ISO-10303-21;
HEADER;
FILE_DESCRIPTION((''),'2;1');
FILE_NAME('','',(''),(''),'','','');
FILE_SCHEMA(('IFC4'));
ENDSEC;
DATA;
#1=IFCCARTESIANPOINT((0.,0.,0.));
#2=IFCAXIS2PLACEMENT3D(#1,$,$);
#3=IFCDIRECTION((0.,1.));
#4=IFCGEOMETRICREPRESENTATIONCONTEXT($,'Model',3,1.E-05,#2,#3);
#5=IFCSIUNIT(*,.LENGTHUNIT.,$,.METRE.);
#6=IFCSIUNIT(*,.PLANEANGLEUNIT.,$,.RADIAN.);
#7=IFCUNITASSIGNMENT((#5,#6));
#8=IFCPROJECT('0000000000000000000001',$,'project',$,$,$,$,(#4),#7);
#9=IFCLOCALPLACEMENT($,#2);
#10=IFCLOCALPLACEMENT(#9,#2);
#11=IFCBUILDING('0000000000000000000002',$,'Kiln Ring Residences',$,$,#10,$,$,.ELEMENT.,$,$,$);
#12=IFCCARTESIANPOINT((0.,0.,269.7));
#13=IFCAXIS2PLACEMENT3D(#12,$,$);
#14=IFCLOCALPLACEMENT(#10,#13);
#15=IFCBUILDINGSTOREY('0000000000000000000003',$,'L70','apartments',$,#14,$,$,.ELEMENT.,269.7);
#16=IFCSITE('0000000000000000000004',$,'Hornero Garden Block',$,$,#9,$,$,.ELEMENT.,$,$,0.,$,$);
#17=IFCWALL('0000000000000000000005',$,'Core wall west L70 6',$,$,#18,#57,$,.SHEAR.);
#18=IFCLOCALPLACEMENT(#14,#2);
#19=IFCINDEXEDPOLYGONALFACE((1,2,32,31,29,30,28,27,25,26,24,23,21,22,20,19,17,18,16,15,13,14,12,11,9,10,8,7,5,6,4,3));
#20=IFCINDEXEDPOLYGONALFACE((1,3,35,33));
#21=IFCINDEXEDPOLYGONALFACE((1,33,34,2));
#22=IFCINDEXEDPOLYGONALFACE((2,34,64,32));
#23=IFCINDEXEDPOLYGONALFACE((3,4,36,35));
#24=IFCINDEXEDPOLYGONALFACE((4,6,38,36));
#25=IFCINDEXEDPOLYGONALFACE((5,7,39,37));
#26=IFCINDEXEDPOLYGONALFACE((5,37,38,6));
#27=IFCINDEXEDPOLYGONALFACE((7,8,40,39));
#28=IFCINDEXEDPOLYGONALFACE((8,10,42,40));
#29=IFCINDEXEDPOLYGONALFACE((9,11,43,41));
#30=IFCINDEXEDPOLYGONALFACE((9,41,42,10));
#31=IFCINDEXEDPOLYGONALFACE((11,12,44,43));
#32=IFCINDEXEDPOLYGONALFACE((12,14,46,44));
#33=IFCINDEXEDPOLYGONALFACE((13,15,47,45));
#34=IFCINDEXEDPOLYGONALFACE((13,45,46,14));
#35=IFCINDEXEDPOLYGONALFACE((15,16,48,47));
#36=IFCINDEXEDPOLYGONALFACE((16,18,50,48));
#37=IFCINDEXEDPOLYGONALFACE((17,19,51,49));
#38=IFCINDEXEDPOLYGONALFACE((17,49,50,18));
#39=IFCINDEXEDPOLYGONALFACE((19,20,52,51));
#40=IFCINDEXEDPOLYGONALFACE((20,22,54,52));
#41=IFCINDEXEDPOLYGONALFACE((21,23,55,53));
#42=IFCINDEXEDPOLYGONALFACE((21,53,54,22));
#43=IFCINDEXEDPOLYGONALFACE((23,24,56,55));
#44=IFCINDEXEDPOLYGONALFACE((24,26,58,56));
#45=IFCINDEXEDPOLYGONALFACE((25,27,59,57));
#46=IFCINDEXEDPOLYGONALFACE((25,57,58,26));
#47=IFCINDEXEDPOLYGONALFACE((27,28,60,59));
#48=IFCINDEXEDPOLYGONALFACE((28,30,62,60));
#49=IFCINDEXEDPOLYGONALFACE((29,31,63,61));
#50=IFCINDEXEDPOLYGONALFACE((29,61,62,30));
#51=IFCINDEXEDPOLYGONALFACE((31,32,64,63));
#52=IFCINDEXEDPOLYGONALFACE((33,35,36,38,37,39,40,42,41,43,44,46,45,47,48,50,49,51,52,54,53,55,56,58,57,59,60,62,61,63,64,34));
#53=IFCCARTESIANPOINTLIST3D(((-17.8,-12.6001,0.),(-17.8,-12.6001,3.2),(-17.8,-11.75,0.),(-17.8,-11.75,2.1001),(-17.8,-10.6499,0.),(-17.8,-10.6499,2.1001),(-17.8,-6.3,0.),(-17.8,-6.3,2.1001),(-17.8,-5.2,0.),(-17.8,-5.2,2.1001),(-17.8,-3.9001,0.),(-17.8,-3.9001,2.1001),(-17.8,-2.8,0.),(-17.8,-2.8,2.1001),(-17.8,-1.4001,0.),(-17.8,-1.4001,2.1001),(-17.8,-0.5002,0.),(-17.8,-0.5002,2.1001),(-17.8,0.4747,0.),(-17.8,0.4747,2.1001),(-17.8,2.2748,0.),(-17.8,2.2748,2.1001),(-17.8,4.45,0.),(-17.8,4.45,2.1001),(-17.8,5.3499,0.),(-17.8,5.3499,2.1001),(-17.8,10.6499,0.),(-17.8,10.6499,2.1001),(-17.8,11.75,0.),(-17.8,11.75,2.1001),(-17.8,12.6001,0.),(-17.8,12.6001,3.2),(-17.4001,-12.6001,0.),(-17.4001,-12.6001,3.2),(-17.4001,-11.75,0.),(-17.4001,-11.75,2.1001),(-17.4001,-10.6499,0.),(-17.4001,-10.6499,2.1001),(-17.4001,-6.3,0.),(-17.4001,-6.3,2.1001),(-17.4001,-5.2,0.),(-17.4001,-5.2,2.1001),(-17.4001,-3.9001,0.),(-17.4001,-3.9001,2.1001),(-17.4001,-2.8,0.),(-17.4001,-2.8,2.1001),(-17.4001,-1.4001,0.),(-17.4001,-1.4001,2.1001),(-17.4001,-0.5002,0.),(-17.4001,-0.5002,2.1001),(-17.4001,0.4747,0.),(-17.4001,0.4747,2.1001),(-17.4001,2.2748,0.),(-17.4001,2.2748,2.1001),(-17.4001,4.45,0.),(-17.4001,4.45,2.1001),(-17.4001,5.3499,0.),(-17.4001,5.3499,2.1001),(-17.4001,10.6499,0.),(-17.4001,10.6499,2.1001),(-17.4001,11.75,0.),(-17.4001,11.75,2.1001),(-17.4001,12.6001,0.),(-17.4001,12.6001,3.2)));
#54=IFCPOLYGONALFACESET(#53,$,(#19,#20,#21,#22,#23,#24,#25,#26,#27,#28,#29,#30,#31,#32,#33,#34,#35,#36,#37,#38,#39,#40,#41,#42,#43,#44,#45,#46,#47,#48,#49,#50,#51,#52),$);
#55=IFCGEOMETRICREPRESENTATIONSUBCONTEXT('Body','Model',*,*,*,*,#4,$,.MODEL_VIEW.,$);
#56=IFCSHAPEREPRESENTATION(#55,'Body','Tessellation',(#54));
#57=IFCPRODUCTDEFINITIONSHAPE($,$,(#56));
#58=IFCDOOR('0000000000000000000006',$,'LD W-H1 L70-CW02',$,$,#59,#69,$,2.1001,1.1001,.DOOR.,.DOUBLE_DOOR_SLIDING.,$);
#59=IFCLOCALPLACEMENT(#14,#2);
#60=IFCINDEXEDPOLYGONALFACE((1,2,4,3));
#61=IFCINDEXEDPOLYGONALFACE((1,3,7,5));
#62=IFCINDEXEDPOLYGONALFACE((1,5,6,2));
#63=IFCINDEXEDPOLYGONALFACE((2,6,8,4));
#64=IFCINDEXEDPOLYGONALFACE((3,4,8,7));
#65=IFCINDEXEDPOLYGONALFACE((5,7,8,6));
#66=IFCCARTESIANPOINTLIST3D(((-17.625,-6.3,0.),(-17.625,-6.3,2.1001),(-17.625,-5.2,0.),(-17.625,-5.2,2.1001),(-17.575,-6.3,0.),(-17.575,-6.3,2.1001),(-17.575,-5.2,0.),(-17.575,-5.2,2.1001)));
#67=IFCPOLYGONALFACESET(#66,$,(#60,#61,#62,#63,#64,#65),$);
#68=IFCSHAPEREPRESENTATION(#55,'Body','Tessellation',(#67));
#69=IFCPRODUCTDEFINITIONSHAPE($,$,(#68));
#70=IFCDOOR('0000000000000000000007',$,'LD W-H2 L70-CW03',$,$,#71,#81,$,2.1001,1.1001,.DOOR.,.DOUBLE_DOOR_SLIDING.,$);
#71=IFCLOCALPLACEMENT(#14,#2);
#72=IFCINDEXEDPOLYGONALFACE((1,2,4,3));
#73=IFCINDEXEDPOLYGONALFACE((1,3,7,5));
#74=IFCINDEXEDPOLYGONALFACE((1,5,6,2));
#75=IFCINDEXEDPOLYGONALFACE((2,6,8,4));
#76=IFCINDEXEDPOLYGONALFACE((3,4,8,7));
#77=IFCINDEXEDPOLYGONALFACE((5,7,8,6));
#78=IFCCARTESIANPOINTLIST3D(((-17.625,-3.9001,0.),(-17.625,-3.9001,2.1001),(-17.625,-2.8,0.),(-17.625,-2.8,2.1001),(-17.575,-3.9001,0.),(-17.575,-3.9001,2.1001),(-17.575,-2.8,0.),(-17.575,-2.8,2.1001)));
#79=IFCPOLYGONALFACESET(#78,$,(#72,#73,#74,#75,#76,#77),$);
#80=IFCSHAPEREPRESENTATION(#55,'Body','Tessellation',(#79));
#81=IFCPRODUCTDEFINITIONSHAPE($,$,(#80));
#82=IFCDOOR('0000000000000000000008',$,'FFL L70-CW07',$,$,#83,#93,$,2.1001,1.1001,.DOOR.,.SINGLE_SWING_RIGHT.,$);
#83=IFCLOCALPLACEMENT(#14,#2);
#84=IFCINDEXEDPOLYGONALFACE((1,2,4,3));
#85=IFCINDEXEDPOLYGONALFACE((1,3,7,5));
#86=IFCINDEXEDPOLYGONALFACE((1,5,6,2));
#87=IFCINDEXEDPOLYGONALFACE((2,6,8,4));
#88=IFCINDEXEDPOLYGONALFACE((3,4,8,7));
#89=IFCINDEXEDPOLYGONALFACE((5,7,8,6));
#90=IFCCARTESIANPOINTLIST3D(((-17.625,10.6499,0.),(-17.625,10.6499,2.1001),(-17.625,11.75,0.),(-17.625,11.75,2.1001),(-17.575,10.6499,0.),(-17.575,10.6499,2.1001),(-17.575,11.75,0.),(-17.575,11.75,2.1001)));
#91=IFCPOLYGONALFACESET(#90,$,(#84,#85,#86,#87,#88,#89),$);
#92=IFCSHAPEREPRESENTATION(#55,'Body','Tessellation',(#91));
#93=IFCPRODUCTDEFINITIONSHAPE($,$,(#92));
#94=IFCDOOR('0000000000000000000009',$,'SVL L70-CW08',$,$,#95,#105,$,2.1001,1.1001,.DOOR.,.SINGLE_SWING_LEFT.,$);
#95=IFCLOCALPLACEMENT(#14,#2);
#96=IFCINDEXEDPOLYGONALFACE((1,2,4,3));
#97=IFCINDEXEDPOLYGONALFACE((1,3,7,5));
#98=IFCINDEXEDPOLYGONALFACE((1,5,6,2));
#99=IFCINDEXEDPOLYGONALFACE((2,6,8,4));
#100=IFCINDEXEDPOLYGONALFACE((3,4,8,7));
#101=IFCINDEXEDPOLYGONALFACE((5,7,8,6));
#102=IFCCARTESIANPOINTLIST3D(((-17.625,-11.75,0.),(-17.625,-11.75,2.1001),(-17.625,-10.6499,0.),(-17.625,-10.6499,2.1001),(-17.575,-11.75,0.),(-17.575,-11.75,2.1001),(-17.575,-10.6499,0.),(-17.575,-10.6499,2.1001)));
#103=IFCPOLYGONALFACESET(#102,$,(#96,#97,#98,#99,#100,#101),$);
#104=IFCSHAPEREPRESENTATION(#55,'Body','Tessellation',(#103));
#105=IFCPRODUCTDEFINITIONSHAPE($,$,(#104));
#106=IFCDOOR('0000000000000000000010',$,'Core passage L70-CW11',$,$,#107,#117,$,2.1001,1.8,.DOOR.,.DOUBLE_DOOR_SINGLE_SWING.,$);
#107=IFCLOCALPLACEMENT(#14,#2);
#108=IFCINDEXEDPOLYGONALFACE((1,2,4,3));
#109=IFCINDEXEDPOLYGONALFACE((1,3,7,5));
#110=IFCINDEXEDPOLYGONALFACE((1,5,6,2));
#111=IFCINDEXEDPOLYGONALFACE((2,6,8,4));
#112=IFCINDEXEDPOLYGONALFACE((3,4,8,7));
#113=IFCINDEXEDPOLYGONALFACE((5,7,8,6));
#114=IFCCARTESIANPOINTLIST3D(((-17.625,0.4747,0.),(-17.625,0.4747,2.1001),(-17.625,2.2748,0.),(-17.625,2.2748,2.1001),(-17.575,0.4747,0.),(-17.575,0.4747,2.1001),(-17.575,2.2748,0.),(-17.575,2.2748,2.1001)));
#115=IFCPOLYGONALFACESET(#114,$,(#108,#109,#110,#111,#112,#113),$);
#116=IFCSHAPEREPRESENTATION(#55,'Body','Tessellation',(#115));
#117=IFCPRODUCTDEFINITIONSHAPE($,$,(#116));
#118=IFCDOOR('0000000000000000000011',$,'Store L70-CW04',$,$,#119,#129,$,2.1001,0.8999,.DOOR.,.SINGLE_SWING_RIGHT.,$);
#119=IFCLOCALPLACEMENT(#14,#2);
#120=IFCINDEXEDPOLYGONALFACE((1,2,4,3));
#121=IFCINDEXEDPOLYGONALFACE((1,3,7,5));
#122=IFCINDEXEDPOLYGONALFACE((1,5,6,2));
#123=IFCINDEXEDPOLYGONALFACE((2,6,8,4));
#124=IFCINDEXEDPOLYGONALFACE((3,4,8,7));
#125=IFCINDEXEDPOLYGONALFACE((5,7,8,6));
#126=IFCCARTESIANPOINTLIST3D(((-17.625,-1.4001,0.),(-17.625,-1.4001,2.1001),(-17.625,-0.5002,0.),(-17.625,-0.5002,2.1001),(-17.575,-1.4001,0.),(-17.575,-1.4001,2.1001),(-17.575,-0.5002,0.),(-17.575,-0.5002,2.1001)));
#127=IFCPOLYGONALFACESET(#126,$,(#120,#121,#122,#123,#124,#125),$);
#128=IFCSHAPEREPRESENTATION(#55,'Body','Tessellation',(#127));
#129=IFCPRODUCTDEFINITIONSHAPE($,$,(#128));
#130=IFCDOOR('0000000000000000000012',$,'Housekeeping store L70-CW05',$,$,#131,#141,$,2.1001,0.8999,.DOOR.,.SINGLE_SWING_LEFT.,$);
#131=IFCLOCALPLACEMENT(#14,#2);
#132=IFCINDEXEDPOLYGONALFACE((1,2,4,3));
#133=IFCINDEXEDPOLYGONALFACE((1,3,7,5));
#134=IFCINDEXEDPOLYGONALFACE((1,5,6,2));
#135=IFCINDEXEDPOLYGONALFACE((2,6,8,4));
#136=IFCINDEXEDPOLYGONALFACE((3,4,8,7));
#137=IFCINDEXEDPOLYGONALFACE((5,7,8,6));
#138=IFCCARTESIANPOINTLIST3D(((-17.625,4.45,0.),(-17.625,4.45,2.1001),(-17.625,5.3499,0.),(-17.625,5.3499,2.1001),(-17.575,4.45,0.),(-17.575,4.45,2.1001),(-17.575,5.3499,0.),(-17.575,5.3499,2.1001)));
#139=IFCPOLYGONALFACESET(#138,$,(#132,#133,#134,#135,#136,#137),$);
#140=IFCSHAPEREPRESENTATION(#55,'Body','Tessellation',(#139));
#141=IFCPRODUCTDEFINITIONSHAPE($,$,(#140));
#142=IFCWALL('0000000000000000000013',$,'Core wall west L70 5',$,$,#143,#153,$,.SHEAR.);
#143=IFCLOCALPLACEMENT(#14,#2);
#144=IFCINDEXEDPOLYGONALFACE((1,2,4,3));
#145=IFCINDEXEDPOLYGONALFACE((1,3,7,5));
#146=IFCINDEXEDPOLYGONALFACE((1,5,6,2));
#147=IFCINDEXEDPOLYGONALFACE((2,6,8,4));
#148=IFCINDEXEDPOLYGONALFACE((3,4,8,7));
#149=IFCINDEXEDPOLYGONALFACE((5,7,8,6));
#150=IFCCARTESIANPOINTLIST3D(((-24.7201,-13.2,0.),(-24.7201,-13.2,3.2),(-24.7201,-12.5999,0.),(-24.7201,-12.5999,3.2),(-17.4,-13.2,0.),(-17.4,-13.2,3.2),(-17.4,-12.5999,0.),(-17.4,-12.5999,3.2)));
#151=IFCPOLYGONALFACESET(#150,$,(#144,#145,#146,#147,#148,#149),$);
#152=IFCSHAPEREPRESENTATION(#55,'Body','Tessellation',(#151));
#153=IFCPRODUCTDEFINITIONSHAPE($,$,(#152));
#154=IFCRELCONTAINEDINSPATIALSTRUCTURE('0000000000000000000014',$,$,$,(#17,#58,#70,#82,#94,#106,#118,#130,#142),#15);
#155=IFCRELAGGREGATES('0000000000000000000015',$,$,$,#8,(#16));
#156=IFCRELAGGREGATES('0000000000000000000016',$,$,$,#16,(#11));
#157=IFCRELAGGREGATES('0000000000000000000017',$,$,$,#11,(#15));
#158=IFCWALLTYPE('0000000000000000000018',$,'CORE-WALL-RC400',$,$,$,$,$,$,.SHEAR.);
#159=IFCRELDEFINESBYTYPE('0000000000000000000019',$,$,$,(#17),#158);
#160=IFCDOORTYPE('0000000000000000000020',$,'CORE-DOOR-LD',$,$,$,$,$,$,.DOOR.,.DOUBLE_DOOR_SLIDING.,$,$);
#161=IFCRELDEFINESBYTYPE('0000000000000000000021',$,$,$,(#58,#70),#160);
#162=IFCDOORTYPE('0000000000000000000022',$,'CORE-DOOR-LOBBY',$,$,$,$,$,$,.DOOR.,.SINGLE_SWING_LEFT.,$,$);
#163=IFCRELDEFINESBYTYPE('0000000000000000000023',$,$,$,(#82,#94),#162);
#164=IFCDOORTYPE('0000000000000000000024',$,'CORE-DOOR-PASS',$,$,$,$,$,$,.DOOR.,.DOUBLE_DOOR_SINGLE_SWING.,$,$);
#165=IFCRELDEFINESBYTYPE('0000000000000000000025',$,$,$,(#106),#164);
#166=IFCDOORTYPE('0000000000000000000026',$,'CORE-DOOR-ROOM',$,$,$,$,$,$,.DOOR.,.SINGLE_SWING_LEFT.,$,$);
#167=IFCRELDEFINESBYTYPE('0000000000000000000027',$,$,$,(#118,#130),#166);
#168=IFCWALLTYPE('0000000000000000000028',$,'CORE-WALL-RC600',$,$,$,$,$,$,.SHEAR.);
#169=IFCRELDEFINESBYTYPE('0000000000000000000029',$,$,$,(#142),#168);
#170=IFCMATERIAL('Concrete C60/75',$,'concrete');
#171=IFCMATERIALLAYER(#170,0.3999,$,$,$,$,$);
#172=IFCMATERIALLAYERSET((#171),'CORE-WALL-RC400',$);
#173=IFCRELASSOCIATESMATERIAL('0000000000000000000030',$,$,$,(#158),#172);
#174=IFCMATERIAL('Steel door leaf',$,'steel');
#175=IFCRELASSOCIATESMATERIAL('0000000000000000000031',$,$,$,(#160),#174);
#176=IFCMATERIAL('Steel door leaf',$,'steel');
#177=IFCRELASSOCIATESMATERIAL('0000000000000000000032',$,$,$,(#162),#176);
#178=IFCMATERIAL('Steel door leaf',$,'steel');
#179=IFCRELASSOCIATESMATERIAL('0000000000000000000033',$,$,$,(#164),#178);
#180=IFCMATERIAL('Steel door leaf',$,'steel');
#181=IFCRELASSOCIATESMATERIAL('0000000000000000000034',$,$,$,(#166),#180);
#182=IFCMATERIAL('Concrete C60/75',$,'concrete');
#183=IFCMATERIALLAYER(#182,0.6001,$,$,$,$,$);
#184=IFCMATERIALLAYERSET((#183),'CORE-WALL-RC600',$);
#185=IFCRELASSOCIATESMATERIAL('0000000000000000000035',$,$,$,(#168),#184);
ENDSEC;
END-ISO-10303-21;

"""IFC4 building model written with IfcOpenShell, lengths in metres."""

from ifc_helpers import new_model, si_unit, direction, frame, frame_2d, origin, place, context, subcontext, project, spatial, rectangle, extrude, material, layer, layer_set, type_object, element, fill, save


model = new_model("IFC4")

# Units and contexts
model_context = context("Model", 3, precision=1e-05, world=origin(), true_north=direction((0.0, 1.0)))
body_context = subcontext(model_context, "Body", "Model", "MODEL_VIEW")
ifc_project = project(units=[si_unit("LENGTHUNIT", "METRE"), si_unit("PLANEANGLEUNIT", "RADIAN")], contexts=[model_context])

# Site, building, storey
site_placement = place(None, origin())
site = spatial("IfcSite", under=ifc_project, at=site_placement, Name="Hornero Garden Block", CompositionType="ELEMENT", RefElevation=0.0)
building_placement = place(site_placement, origin())
building = spatial("IfcBuilding", under=site, at=building_placement, Name="Kiln Ring Residences", CompositionType="ELEMENT")
storey_placement = place(building_placement, frame((0.0, 0.0, 269.7)))
storey = spatial("IfcBuildingStorey", under=building, at=storey_placement, Name="L70", Description="apartments", CompositionType="ELEMENT", Elevation=269.7)

# Wall, openings, doors
ifc_material_1 = material(Name="Concrete C60/75", Category="concrete")
ifc_layer_1 = layer(ifc_material_1, 0.3999)
ifc_layer_set_1 = layer_set([ifc_layer_1], Name="CORE-WALL-RC400")
wall_type_1 = type_object("IfcWallType", Name="CORE-WALL-RC400", PredefinedType="SHEAR", material=ifc_layer_set_1)
wall_1_placement = place(storey_placement, frame((-17.6001, -12.6001, 0.0), z_axis=(0.0, 0.0, 1.0), x_axis=(0.0, 1.0, 0.0)))
wall_1 = element("IfcWall", 1, at=wall_1_placement, inside=storey, type_object=wall_type_1, Name="Core wall west L70 6", PredefinedType="SHEAR", context=body_context, shape_type="SweptSolid", body=[
    extrude(rectangle(XDim=25.2002, YDim=0.3999, at=frame_2d((12.6001, 0.0))), origin(), (0.0, 0.0, 1.0), 3.2),
])
opening_1_placement = place(wall_1_placement, frame((6.3, 0.0, 0.0)))
opening_1 = element("IfcOpeningElement", 2, at=opening_1_placement, cuts=wall_1, PredefinedType="OPENING", context=body_context, shape_type="SweptSolid", body=[
    extrude(rectangle(XDim=1.1001, YDim=2.1001, at=frame_2d((0.55, 1.05))), frame((0.0, 0.21, 0.0), z_axis=(0.0, -1.0, 0.0), x_axis=(1.0, 0.0, 0.0)), (0.0, 0.0, 1.0), 0.4199),
])
opening_2_placement = place(wall_1_placement, frame((8.7, 0.0, 0.0)))
opening_2 = element("IfcOpeningElement", 3, at=opening_2_placement, cuts=wall_1, PredefinedType="OPENING", context=body_context, shape_type="SweptSolid", body=[
    extrude(rectangle(XDim=1.1001, YDim=2.1001, at=frame_2d((0.55, 1.05))), frame((0.0, 0.21, 0.0), z_axis=(0.0, -1.0, 0.0), x_axis=(1.0, 0.0, 0.0)), (0.0, 0.0, 1.0), 0.4199),
])
opening_3_placement = place(wall_1_placement, frame((11.2, 0.0, 0.0)))
opening_3 = element("IfcOpeningElement", 4, at=opening_3_placement, cuts=wall_1, PredefinedType="OPENING", context=body_context, shape_type="SweptSolid", body=[
    extrude(rectangle(XDim=0.8999, YDim=2.1001, at=frame_2d((0.45, 1.05))), frame((0.0, 0.21, 0.0), z_axis=(0.0, -1.0, 0.0), x_axis=(1.0, 0.0, 0.0)), (0.0, 0.0, 1.0), 0.4199),
])
opening_4_placement = place(wall_1_placement, frame((17.05, 0.0, 0.0)))
opening_4 = element("IfcOpeningElement", 5, at=opening_4_placement, cuts=wall_1, PredefinedType="OPENING", context=body_context, shape_type="SweptSolid", body=[
    extrude(rectangle(XDim=0.8999, YDim=2.1001, at=frame_2d((0.45, 1.05))), frame((0.0, 0.21, 0.0), z_axis=(0.0, -1.0, 0.0), x_axis=(1.0, 0.0, 0.0)), (0.0, 0.0, 1.0), 0.4199),
])
opening_5_placement = place(wall_1_placement, frame((23.25, 0.0, 0.0)))
opening_5 = element("IfcOpeningElement", 6, at=opening_5_placement, cuts=wall_1, PredefinedType="OPENING", context=body_context, shape_type="SweptSolid", body=[
    extrude(rectangle(XDim=1.1001, YDim=2.1001, at=frame_2d((0.55, 1.05))), frame((0.0, 0.21, 0.0), z_axis=(0.0, -1.0, 0.0), x_axis=(1.0, 0.0, 0.0)), (0.0, 0.0, 1.0), 0.4199),
])
opening_6_placement = place(wall_1_placement, frame((0.8501, 0.0, 0.0)))
opening_6 = element("IfcOpeningElement", 7, at=opening_6_placement, cuts=wall_1, PredefinedType="OPENING", context=body_context, shape_type="SweptSolid", body=[
    extrude(rectangle(XDim=1.1001, YDim=2.1001, at=frame_2d((0.55, 1.05))), frame((0.0, 0.21, 0.0), z_axis=(0.0, -1.0, 0.0), x_axis=(1.0, 0.0, 0.0)), (0.0, 0.0, 1.0), 0.4199),
])
opening_7_placement = place(wall_1_placement, frame((13.075, 0.0, 0.0)))
opening_7 = element("IfcOpeningElement", 8, at=opening_7_placement, cuts=wall_1, PredefinedType="OPENING", context=body_context, shape_type="SweptSolid", body=[
    extrude(rectangle(XDim=1.8, YDim=2.1001, at=frame_2d((0.8999, 1.05))), frame((0.0, 0.21, 0.0), z_axis=(0.0, -1.0, 0.0), x_axis=(1.0, 0.0, 0.0)), (0.0, 0.0, 1.0), 0.4199),
])
ifc_material_2 = material(Name="Steel door leaf", Category="steel")
door_type_1 = type_object("IfcDoorType", Name="CORE-DOOR-LD", OperationType="DOUBLE_DOOR_SLIDING", PredefinedType="DOOR", material=ifc_material_2)
door_1_placement = place(opening_1_placement, origin())
door_1 = element("IfcDoor", 9, at=door_1_placement, inside=storey, type_object=door_type_1, Name="LD W-H1 L70-CW02", OperationType="DOUBLE_DOOR_SLIDING", OverallHeight=2.1001, OverallWidth=1.1001, PredefinedType="DOOR", context=body_context, shape_type="SweptSolid", body=[
    extrude(rectangle(XDim=1.1001, YDim=2.1001, at=frame_2d((0.55, 1.05))), frame((0.0, 0.0249, 0.0), z_axis=(0.0, -1.0, 0.0), x_axis=(1.0, 0.0, 0.0)), (0.0, 0.0, 1.0), 0.05),
])
fill(opening_1, door_1)
door_2_placement = place(opening_2_placement, origin())
door_2 = element("IfcDoor", 10, at=door_2_placement, inside=storey, type_object=door_type_1, Name="LD W-H2 L70-CW03", OperationType="DOUBLE_DOOR_SLIDING", OverallHeight=2.1001, OverallWidth=1.1001, PredefinedType="DOOR", context=body_context, shape_type="SweptSolid", body=[
    extrude(rectangle(XDim=1.1001, YDim=2.1001, at=frame_2d((0.55, 1.05))), frame((0.0, 0.0249, 0.0), z_axis=(0.0, -1.0, 0.0), x_axis=(1.0, 0.0, 0.0)), (0.0, 0.0, 1.0), 0.05),
])
fill(opening_2, door_2)
ifc_material_3 = material(Name="Steel door leaf", Category="steel")
door_type_2 = type_object("IfcDoorType", Name="CORE-DOOR-LOBBY", OperationType="SINGLE_SWING_LEFT", PredefinedType="DOOR", material=ifc_material_3)
door_3_placement = place(opening_5_placement, origin())
door_3 = element("IfcDoor", 11, at=door_3_placement, inside=storey, type_object=door_type_2, Name="FFL L70-CW07", OperationType="SINGLE_SWING_RIGHT", OverallHeight=2.1001, OverallWidth=1.1001, PredefinedType="DOOR", context=body_context, shape_type="SweptSolid", body=[
    extrude(rectangle(XDim=1.1001, YDim=2.1001, at=frame_2d((0.55, 1.05))), frame((0.0, 0.0249, 0.0), z_axis=(0.0, -1.0, 0.0), x_axis=(1.0, 0.0, 0.0)), (0.0, 0.0, 1.0), 0.05),
])
fill(opening_5, door_3)
door_4_placement = place(opening_6_placement, origin())
door_4 = element("IfcDoor", 12, at=door_4_placement, inside=storey, type_object=door_type_2, Name="SVL L70-CW08", OperationType="SINGLE_SWING_LEFT", OverallHeight=2.1001, OverallWidth=1.1001, PredefinedType="DOOR", context=body_context, shape_type="SweptSolid", body=[
    extrude(rectangle(XDim=1.1001, YDim=2.1001, at=frame_2d((0.55, 1.05))), frame((0.0, 0.0249, 0.0), z_axis=(0.0, -1.0, 0.0), x_axis=(1.0, 0.0, 0.0)), (0.0, 0.0, 1.0), 0.05),
])
fill(opening_6, door_4)
ifc_material_4 = material(Name="Steel door leaf", Category="steel")
door_type_3 = type_object("IfcDoorType", Name="CORE-DOOR-PASS", OperationType="DOUBLE_DOOR_SINGLE_SWING", PredefinedType="DOOR", material=ifc_material_4)
door_5_placement = place(opening_7_placement, origin())
door_5 = element("IfcDoor", 13, at=door_5_placement, inside=storey, type_object=door_type_3, Name="Core passage L70-CW11", OperationType="DOUBLE_DOOR_SINGLE_SWING", OverallHeight=2.1001, OverallWidth=1.8, PredefinedType="DOOR", context=body_context, shape_type="SweptSolid", body=[
    extrude(rectangle(XDim=1.8, YDim=2.1001, at=frame_2d((0.8999, 1.05))), frame((0.0, 0.0249, 0.0), z_axis=(0.0, -1.0, 0.0), x_axis=(1.0, 0.0, 0.0)), (0.0, 0.0, 1.0), 0.05),
])
fill(opening_7, door_5)
ifc_material_5 = material(Name="Steel door leaf", Category="steel")
door_type_4 = type_object("IfcDoorType", Name="CORE-DOOR-ROOM", OperationType="SINGLE_SWING_LEFT", PredefinedType="DOOR", material=ifc_material_5)
door_6_placement = place(opening_3_placement, origin())
door_6 = element("IfcDoor", 14, at=door_6_placement, inside=storey, type_object=door_type_4, Name="Store L70-CW04", OperationType="SINGLE_SWING_RIGHT", OverallHeight=2.1001, OverallWidth=0.8999, PredefinedType="DOOR", context=body_context, shape_type="SweptSolid", body=[
    extrude(rectangle(XDim=0.8999, YDim=2.1001, at=frame_2d((0.45, 1.05))), frame((0.0, 0.0249, 0.0), z_axis=(0.0, -1.0, 0.0), x_axis=(1.0, 0.0, 0.0)), (0.0, 0.0, 1.0), 0.05),
])
fill(opening_3, door_6)
door_7_placement = place(opening_4_placement, origin())
door_7 = element("IfcDoor", 15, at=door_7_placement, inside=storey, type_object=door_type_4, Name="Housekeeping store L70-CW05", OperationType="SINGLE_SWING_LEFT", OverallHeight=2.1001, OverallWidth=0.8999, PredefinedType="DOOR", context=body_context, shape_type="SweptSolid", body=[
    extrude(rectangle(XDim=0.8999, YDim=2.1001, at=frame_2d((0.45, 1.05))), frame((0.0, 0.0249, 0.0), z_axis=(0.0, -1.0, 0.0), x_axis=(1.0, 0.0, 0.0)), (0.0, 0.0, 1.0), 0.05),
])
fill(opening_4, door_7)

# Wall
ifc_material_6 = material(Name="Concrete C60/75", Category="concrete")
ifc_layer_2 = layer(ifc_material_6, 0.6001)
ifc_layer_set_2 = layer_set([ifc_layer_2], Name="CORE-WALL-RC600")
wall_type_2 = type_object("IfcWallType", Name="CORE-WALL-RC600", PredefinedType="SHEAR", material=ifc_layer_set_2)
wall_2_placement = place(storey_placement, frame((-17.3999, -12.8999, 0.0), z_axis=(0.0, 0.0, 1.0), x_axis=(-1.0, 0.0, 0.0)))
element("IfcWall", 16, at=wall_2_placement, inside=storey, type_object=wall_type_2, Name="Core wall west L70 5", PredefinedType="SHEAR", context=body_context, shape_type="SweptSolid", body=[
    extrude(rectangle(XDim=7.3201, YDim=0.6001, at=frame_2d((3.6602, 0.0))), origin(), (0.0, 0.0, 1.0), 3.2),
])

save(model, "model.ifc")
